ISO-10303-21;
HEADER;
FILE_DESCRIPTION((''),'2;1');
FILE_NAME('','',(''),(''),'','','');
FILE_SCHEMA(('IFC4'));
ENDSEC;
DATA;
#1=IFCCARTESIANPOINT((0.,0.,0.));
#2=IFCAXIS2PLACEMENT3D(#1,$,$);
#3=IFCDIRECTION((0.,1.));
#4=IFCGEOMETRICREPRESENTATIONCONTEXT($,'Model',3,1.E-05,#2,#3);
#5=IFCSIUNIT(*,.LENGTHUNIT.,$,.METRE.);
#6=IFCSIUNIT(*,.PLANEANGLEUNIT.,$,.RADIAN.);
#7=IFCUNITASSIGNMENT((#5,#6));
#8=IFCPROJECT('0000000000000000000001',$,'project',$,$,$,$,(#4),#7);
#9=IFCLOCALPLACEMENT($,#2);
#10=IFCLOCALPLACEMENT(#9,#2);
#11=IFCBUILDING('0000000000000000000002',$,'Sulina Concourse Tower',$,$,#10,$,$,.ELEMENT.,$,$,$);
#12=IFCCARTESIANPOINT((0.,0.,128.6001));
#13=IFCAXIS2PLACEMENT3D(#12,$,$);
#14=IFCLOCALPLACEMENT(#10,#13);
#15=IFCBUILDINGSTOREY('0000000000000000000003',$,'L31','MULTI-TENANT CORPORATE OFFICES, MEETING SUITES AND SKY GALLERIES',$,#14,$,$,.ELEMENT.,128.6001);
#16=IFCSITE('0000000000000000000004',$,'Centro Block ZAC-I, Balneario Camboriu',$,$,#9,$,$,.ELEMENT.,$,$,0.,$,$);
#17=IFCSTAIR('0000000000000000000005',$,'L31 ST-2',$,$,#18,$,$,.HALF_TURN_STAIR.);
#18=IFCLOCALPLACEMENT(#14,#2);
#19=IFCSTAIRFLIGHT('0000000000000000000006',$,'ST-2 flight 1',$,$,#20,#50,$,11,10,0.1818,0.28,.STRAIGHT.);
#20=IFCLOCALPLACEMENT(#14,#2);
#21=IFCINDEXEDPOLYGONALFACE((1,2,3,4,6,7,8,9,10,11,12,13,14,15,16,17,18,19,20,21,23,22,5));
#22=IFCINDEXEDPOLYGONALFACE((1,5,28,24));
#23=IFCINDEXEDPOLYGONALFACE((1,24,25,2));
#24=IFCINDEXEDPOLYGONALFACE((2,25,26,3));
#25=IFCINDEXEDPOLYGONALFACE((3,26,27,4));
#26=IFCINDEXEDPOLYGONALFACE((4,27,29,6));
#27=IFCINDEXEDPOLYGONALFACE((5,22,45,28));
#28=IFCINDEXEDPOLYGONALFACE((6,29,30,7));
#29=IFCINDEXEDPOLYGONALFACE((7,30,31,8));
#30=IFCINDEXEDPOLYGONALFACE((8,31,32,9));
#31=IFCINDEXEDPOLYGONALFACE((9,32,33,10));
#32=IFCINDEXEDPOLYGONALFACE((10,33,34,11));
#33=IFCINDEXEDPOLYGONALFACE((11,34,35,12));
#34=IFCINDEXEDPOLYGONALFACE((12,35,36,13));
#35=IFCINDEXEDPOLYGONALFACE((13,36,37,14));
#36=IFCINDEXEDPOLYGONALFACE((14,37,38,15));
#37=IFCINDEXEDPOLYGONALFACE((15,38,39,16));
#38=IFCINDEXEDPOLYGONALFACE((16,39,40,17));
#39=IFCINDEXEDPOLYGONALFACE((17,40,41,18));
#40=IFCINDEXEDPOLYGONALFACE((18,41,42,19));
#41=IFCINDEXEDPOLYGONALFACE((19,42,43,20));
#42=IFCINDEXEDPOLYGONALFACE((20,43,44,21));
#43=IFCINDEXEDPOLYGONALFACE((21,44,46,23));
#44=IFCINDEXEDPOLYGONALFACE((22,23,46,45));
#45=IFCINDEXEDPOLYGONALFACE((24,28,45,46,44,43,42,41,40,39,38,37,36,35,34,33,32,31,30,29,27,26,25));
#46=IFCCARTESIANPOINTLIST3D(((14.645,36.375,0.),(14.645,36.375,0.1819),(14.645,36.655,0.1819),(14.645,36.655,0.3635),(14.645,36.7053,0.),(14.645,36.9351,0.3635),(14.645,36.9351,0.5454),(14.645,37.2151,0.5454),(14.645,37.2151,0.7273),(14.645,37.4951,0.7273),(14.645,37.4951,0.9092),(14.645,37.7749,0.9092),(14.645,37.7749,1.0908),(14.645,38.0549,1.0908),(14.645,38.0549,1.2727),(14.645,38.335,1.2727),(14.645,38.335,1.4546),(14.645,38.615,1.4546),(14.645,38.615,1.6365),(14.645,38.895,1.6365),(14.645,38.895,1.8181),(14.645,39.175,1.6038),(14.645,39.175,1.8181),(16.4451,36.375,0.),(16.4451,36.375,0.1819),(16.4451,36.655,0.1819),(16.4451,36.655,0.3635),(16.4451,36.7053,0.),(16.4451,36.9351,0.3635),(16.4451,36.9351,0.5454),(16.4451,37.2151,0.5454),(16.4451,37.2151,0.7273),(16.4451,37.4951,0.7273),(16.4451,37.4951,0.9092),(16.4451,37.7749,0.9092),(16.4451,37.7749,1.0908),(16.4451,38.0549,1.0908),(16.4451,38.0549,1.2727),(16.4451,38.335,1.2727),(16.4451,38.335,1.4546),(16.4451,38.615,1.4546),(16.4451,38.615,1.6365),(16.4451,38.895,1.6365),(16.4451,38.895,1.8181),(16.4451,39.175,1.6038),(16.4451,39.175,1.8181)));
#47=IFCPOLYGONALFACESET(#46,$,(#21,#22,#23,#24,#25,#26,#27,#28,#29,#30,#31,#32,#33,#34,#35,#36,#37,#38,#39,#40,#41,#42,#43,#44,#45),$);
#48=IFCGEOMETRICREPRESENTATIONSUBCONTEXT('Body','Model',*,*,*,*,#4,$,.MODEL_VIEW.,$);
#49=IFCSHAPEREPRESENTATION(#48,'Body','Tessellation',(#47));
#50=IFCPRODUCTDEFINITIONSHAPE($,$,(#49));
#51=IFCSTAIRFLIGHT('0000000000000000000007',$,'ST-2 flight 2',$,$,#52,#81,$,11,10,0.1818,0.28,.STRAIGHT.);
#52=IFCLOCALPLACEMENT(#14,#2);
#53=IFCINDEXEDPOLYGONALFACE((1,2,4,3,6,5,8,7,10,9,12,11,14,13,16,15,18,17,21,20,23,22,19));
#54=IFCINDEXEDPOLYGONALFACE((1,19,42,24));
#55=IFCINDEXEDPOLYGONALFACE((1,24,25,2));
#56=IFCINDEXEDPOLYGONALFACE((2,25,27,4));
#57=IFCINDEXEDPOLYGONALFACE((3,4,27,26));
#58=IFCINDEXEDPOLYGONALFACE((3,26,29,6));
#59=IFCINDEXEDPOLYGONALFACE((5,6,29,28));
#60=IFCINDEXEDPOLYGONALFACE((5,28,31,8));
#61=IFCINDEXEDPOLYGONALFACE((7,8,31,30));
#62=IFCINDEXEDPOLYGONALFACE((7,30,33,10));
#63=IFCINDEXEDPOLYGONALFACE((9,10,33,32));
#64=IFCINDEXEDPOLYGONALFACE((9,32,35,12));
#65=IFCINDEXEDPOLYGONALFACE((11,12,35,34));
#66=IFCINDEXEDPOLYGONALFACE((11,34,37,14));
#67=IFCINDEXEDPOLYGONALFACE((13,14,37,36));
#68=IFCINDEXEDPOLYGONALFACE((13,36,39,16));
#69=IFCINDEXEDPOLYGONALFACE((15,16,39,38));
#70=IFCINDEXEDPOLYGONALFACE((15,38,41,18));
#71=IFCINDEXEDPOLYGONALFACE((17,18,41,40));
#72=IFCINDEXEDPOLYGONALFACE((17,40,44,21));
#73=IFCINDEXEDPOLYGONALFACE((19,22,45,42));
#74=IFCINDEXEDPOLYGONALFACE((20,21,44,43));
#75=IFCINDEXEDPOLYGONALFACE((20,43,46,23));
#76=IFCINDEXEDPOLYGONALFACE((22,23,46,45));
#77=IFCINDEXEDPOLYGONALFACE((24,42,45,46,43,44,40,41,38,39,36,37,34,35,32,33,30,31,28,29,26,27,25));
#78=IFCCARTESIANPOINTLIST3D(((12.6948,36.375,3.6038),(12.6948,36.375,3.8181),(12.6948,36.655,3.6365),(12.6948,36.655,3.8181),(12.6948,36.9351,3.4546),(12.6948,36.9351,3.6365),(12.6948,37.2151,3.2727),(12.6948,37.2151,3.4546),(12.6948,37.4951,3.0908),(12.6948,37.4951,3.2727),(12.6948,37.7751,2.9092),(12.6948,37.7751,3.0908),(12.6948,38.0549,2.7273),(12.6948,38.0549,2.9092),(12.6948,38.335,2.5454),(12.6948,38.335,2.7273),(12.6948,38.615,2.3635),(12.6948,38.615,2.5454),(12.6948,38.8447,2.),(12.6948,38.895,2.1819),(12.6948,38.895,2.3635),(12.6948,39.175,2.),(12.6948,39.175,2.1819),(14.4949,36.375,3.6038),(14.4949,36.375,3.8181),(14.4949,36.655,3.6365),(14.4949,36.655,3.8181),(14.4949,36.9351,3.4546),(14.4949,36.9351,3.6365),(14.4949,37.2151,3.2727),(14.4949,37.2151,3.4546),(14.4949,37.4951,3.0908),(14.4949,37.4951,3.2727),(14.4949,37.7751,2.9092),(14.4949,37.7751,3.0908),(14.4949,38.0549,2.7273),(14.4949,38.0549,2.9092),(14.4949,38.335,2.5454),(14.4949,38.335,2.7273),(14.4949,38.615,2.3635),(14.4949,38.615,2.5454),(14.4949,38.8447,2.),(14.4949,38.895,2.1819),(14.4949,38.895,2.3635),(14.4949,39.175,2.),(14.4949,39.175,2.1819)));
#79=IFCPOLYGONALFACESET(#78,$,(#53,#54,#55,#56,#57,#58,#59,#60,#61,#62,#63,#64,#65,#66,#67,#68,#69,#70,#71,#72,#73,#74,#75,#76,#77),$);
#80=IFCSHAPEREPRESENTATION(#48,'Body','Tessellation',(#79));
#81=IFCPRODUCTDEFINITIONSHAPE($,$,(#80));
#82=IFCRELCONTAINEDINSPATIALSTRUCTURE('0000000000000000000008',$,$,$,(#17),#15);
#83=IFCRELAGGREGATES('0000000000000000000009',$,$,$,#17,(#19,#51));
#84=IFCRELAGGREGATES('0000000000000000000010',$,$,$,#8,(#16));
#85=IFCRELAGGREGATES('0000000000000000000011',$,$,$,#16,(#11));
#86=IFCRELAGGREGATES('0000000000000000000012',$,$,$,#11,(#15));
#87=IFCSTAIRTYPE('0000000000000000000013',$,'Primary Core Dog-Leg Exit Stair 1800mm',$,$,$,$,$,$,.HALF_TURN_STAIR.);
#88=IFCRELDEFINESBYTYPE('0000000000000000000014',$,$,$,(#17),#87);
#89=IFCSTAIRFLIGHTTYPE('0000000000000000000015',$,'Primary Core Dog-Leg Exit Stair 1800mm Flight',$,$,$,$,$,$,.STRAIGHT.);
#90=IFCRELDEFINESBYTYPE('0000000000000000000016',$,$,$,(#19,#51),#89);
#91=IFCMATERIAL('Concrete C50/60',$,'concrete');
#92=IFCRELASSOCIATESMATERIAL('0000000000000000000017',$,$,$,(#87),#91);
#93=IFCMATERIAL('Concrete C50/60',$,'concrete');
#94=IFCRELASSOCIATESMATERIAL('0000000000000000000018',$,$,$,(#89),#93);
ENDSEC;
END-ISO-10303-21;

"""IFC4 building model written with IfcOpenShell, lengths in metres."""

from ifc_helpers import new_model, si_unit, direction, frame, origin, place, context, subcontext, project, spatial, polyline, outline, extrude, material, type_object, element, aggregate, save


model = new_model("IFC4")

# Units and contexts
model_context = context("Model", 3, precision=1e-05, world=origin(), true_north=direction((0.0, 1.0)))
body_context = subcontext(model_context, "Body", "Model", "MODEL_VIEW")
ifc_project = project(units=[si_unit("LENGTHUNIT", "METRE"), si_unit("PLANEANGLEUNIT", "RADIAN")], contexts=[model_context])

# Site, building, storey
site_placement = place(None, origin())
site = spatial("IfcSite", under=ifc_project, at=site_placement, Name="Centro Block ZAC-I, Balneario Camboriu", CompositionType="ELEMENT", RefElevation=0.0)
building_placement = place(site_placement, origin())
building = spatial("IfcBuilding", under=site, at=building_placement, Name="Sulina Concourse Tower", CompositionType="ELEMENT")
storey_placement = place(building_placement, frame((0.0, 0.0, 128.6001)))
storey = spatial("IfcBuildingStorey", under=building, at=storey_placement, Name="L31", Description="MULTI-TENANT CORPORATE OFFICES, MEETING SUITES AND SKY GALLERIES", CompositionType="ELEMENT", Elevation=128.6001)

# Stair, stair flights
ifc_material_1 = material(Name="Concrete C50/60", Category="concrete")
stair_type = type_object("IfcStairType", Name="Primary Core Dog-Leg Exit Stair 1800mm", PredefinedType="HALF_TURN_STAIR", material=ifc_material_1)
stair_placement = place(storey_placement, origin())
stair = element("IfcStair", 1, at=stair_placement, inside=storey, type_object=stair_type, Name="L31 ST-2", PredefinedType="HALF_TURN_STAIR")
ifc_material_2 = material(Name="Concrete C50/60", Category="concrete")
stair_flight_type = type_object("IfcStairFlightType", Name="Primary Core Dog-Leg Exit Stair 1800mm Flight", PredefinedType="STRAIGHT", material=ifc_material_2)
stair_flight_1_placement = place(storey_placement, frame((15.5449, 36.375, 0.0), z_axis=(0.0, 0.0, 1.0), x_axis=(0.0, 1.0, 0.0)))
stair_flight_1 = element("IfcStairFlight", 2, at=stair_flight_1_placement, type_object=stair_flight_type, Name="ST-2 flight 1", NumberOfRisers=11, NumberOfTreads=10, PredefinedType="STRAIGHT", RiserHeight=0.1818, TreadLength=0.28, context=body_context, shape_type="SweptSolid", body=[
    extrude(outline(polyline([(0.0, 0.0), (0.0, 0.1819), (0.28, 0.1819), (0.28, 0.3635), (0.5601, 0.3635), (0.5601, 0.5454), (0.8401, 0.5454), (0.8401, 0.7273), (1.1201, 0.7273), (1.1201, 0.9092), (1.3999, 0.9092), (1.3999, 1.0908), (1.6799, 1.0908), (1.6799, 1.2727), (1.96, 1.2727), (1.96, 1.4546), (2.24, 1.4546), (2.24, 1.6365), (2.52, 1.6365), (2.52, 1.8181), (2.8, 1.8181), (2.8, 2.0), (2.8, 1.6038), (0.3303, 0.0), (0.0, 0.0)])), frame((0.0, 0.8999, 0.0), z_axis=(0.0, -1.0, 0.0), x_axis=(1.0, 0.0, 0.0)), (0.0, 0.0, 1.0), 1.8),
])
stair_flight_2_placement = place(storey_placement, frame((13.595, 39.175, 2.0), z_axis=(0.0, 0.0, 1.0), x_axis=(0.0, -1.0, 0.0)))
stair_flight_2 = element("IfcStairFlight", 3, at=stair_flight_2_placement, type_object=stair_flight_type, Name="ST-2 flight 2", NumberOfRisers=11, NumberOfTreads=10, PredefinedType="STRAIGHT", RiserHeight=0.1818, TreadLength=0.28, context=body_context, shape_type="SweptSolid", body=[
    extrude(outline(polyline([(0.0, 0.0), (0.0, 0.1819), (0.28, 0.1819), (0.28, 0.3635), (0.5601, 0.3635), (0.5601, 0.5454), (0.8401, 0.5454), (0.8401, 0.7273), (1.1201, 0.7273), (1.1201, 0.9092), (1.3999, 0.9092), (1.3999, 1.0908), (1.6799, 1.0908), (1.6799, 1.2727), (1.96, 1.2727), (1.96, 1.4546), (2.24, 1.4546), (2.24, 1.6365), (2.52, 1.6365), (2.52, 1.8181), (2.8, 1.8181), (2.8, 2.0), (2.8, 1.6038), (0.3303, 0.0), (0.0, 0.0)])), frame((0.0, 0.8999, 0.0), z_axis=(0.0, -1.0, 0.0), x_axis=(1.0, 0.0, 0.0)), (0.0, 0.0, 1.0), 1.8),
])
aggregate(stair, [stair_flight_1, stair_flight_2])

save(model, "model.ifc")
